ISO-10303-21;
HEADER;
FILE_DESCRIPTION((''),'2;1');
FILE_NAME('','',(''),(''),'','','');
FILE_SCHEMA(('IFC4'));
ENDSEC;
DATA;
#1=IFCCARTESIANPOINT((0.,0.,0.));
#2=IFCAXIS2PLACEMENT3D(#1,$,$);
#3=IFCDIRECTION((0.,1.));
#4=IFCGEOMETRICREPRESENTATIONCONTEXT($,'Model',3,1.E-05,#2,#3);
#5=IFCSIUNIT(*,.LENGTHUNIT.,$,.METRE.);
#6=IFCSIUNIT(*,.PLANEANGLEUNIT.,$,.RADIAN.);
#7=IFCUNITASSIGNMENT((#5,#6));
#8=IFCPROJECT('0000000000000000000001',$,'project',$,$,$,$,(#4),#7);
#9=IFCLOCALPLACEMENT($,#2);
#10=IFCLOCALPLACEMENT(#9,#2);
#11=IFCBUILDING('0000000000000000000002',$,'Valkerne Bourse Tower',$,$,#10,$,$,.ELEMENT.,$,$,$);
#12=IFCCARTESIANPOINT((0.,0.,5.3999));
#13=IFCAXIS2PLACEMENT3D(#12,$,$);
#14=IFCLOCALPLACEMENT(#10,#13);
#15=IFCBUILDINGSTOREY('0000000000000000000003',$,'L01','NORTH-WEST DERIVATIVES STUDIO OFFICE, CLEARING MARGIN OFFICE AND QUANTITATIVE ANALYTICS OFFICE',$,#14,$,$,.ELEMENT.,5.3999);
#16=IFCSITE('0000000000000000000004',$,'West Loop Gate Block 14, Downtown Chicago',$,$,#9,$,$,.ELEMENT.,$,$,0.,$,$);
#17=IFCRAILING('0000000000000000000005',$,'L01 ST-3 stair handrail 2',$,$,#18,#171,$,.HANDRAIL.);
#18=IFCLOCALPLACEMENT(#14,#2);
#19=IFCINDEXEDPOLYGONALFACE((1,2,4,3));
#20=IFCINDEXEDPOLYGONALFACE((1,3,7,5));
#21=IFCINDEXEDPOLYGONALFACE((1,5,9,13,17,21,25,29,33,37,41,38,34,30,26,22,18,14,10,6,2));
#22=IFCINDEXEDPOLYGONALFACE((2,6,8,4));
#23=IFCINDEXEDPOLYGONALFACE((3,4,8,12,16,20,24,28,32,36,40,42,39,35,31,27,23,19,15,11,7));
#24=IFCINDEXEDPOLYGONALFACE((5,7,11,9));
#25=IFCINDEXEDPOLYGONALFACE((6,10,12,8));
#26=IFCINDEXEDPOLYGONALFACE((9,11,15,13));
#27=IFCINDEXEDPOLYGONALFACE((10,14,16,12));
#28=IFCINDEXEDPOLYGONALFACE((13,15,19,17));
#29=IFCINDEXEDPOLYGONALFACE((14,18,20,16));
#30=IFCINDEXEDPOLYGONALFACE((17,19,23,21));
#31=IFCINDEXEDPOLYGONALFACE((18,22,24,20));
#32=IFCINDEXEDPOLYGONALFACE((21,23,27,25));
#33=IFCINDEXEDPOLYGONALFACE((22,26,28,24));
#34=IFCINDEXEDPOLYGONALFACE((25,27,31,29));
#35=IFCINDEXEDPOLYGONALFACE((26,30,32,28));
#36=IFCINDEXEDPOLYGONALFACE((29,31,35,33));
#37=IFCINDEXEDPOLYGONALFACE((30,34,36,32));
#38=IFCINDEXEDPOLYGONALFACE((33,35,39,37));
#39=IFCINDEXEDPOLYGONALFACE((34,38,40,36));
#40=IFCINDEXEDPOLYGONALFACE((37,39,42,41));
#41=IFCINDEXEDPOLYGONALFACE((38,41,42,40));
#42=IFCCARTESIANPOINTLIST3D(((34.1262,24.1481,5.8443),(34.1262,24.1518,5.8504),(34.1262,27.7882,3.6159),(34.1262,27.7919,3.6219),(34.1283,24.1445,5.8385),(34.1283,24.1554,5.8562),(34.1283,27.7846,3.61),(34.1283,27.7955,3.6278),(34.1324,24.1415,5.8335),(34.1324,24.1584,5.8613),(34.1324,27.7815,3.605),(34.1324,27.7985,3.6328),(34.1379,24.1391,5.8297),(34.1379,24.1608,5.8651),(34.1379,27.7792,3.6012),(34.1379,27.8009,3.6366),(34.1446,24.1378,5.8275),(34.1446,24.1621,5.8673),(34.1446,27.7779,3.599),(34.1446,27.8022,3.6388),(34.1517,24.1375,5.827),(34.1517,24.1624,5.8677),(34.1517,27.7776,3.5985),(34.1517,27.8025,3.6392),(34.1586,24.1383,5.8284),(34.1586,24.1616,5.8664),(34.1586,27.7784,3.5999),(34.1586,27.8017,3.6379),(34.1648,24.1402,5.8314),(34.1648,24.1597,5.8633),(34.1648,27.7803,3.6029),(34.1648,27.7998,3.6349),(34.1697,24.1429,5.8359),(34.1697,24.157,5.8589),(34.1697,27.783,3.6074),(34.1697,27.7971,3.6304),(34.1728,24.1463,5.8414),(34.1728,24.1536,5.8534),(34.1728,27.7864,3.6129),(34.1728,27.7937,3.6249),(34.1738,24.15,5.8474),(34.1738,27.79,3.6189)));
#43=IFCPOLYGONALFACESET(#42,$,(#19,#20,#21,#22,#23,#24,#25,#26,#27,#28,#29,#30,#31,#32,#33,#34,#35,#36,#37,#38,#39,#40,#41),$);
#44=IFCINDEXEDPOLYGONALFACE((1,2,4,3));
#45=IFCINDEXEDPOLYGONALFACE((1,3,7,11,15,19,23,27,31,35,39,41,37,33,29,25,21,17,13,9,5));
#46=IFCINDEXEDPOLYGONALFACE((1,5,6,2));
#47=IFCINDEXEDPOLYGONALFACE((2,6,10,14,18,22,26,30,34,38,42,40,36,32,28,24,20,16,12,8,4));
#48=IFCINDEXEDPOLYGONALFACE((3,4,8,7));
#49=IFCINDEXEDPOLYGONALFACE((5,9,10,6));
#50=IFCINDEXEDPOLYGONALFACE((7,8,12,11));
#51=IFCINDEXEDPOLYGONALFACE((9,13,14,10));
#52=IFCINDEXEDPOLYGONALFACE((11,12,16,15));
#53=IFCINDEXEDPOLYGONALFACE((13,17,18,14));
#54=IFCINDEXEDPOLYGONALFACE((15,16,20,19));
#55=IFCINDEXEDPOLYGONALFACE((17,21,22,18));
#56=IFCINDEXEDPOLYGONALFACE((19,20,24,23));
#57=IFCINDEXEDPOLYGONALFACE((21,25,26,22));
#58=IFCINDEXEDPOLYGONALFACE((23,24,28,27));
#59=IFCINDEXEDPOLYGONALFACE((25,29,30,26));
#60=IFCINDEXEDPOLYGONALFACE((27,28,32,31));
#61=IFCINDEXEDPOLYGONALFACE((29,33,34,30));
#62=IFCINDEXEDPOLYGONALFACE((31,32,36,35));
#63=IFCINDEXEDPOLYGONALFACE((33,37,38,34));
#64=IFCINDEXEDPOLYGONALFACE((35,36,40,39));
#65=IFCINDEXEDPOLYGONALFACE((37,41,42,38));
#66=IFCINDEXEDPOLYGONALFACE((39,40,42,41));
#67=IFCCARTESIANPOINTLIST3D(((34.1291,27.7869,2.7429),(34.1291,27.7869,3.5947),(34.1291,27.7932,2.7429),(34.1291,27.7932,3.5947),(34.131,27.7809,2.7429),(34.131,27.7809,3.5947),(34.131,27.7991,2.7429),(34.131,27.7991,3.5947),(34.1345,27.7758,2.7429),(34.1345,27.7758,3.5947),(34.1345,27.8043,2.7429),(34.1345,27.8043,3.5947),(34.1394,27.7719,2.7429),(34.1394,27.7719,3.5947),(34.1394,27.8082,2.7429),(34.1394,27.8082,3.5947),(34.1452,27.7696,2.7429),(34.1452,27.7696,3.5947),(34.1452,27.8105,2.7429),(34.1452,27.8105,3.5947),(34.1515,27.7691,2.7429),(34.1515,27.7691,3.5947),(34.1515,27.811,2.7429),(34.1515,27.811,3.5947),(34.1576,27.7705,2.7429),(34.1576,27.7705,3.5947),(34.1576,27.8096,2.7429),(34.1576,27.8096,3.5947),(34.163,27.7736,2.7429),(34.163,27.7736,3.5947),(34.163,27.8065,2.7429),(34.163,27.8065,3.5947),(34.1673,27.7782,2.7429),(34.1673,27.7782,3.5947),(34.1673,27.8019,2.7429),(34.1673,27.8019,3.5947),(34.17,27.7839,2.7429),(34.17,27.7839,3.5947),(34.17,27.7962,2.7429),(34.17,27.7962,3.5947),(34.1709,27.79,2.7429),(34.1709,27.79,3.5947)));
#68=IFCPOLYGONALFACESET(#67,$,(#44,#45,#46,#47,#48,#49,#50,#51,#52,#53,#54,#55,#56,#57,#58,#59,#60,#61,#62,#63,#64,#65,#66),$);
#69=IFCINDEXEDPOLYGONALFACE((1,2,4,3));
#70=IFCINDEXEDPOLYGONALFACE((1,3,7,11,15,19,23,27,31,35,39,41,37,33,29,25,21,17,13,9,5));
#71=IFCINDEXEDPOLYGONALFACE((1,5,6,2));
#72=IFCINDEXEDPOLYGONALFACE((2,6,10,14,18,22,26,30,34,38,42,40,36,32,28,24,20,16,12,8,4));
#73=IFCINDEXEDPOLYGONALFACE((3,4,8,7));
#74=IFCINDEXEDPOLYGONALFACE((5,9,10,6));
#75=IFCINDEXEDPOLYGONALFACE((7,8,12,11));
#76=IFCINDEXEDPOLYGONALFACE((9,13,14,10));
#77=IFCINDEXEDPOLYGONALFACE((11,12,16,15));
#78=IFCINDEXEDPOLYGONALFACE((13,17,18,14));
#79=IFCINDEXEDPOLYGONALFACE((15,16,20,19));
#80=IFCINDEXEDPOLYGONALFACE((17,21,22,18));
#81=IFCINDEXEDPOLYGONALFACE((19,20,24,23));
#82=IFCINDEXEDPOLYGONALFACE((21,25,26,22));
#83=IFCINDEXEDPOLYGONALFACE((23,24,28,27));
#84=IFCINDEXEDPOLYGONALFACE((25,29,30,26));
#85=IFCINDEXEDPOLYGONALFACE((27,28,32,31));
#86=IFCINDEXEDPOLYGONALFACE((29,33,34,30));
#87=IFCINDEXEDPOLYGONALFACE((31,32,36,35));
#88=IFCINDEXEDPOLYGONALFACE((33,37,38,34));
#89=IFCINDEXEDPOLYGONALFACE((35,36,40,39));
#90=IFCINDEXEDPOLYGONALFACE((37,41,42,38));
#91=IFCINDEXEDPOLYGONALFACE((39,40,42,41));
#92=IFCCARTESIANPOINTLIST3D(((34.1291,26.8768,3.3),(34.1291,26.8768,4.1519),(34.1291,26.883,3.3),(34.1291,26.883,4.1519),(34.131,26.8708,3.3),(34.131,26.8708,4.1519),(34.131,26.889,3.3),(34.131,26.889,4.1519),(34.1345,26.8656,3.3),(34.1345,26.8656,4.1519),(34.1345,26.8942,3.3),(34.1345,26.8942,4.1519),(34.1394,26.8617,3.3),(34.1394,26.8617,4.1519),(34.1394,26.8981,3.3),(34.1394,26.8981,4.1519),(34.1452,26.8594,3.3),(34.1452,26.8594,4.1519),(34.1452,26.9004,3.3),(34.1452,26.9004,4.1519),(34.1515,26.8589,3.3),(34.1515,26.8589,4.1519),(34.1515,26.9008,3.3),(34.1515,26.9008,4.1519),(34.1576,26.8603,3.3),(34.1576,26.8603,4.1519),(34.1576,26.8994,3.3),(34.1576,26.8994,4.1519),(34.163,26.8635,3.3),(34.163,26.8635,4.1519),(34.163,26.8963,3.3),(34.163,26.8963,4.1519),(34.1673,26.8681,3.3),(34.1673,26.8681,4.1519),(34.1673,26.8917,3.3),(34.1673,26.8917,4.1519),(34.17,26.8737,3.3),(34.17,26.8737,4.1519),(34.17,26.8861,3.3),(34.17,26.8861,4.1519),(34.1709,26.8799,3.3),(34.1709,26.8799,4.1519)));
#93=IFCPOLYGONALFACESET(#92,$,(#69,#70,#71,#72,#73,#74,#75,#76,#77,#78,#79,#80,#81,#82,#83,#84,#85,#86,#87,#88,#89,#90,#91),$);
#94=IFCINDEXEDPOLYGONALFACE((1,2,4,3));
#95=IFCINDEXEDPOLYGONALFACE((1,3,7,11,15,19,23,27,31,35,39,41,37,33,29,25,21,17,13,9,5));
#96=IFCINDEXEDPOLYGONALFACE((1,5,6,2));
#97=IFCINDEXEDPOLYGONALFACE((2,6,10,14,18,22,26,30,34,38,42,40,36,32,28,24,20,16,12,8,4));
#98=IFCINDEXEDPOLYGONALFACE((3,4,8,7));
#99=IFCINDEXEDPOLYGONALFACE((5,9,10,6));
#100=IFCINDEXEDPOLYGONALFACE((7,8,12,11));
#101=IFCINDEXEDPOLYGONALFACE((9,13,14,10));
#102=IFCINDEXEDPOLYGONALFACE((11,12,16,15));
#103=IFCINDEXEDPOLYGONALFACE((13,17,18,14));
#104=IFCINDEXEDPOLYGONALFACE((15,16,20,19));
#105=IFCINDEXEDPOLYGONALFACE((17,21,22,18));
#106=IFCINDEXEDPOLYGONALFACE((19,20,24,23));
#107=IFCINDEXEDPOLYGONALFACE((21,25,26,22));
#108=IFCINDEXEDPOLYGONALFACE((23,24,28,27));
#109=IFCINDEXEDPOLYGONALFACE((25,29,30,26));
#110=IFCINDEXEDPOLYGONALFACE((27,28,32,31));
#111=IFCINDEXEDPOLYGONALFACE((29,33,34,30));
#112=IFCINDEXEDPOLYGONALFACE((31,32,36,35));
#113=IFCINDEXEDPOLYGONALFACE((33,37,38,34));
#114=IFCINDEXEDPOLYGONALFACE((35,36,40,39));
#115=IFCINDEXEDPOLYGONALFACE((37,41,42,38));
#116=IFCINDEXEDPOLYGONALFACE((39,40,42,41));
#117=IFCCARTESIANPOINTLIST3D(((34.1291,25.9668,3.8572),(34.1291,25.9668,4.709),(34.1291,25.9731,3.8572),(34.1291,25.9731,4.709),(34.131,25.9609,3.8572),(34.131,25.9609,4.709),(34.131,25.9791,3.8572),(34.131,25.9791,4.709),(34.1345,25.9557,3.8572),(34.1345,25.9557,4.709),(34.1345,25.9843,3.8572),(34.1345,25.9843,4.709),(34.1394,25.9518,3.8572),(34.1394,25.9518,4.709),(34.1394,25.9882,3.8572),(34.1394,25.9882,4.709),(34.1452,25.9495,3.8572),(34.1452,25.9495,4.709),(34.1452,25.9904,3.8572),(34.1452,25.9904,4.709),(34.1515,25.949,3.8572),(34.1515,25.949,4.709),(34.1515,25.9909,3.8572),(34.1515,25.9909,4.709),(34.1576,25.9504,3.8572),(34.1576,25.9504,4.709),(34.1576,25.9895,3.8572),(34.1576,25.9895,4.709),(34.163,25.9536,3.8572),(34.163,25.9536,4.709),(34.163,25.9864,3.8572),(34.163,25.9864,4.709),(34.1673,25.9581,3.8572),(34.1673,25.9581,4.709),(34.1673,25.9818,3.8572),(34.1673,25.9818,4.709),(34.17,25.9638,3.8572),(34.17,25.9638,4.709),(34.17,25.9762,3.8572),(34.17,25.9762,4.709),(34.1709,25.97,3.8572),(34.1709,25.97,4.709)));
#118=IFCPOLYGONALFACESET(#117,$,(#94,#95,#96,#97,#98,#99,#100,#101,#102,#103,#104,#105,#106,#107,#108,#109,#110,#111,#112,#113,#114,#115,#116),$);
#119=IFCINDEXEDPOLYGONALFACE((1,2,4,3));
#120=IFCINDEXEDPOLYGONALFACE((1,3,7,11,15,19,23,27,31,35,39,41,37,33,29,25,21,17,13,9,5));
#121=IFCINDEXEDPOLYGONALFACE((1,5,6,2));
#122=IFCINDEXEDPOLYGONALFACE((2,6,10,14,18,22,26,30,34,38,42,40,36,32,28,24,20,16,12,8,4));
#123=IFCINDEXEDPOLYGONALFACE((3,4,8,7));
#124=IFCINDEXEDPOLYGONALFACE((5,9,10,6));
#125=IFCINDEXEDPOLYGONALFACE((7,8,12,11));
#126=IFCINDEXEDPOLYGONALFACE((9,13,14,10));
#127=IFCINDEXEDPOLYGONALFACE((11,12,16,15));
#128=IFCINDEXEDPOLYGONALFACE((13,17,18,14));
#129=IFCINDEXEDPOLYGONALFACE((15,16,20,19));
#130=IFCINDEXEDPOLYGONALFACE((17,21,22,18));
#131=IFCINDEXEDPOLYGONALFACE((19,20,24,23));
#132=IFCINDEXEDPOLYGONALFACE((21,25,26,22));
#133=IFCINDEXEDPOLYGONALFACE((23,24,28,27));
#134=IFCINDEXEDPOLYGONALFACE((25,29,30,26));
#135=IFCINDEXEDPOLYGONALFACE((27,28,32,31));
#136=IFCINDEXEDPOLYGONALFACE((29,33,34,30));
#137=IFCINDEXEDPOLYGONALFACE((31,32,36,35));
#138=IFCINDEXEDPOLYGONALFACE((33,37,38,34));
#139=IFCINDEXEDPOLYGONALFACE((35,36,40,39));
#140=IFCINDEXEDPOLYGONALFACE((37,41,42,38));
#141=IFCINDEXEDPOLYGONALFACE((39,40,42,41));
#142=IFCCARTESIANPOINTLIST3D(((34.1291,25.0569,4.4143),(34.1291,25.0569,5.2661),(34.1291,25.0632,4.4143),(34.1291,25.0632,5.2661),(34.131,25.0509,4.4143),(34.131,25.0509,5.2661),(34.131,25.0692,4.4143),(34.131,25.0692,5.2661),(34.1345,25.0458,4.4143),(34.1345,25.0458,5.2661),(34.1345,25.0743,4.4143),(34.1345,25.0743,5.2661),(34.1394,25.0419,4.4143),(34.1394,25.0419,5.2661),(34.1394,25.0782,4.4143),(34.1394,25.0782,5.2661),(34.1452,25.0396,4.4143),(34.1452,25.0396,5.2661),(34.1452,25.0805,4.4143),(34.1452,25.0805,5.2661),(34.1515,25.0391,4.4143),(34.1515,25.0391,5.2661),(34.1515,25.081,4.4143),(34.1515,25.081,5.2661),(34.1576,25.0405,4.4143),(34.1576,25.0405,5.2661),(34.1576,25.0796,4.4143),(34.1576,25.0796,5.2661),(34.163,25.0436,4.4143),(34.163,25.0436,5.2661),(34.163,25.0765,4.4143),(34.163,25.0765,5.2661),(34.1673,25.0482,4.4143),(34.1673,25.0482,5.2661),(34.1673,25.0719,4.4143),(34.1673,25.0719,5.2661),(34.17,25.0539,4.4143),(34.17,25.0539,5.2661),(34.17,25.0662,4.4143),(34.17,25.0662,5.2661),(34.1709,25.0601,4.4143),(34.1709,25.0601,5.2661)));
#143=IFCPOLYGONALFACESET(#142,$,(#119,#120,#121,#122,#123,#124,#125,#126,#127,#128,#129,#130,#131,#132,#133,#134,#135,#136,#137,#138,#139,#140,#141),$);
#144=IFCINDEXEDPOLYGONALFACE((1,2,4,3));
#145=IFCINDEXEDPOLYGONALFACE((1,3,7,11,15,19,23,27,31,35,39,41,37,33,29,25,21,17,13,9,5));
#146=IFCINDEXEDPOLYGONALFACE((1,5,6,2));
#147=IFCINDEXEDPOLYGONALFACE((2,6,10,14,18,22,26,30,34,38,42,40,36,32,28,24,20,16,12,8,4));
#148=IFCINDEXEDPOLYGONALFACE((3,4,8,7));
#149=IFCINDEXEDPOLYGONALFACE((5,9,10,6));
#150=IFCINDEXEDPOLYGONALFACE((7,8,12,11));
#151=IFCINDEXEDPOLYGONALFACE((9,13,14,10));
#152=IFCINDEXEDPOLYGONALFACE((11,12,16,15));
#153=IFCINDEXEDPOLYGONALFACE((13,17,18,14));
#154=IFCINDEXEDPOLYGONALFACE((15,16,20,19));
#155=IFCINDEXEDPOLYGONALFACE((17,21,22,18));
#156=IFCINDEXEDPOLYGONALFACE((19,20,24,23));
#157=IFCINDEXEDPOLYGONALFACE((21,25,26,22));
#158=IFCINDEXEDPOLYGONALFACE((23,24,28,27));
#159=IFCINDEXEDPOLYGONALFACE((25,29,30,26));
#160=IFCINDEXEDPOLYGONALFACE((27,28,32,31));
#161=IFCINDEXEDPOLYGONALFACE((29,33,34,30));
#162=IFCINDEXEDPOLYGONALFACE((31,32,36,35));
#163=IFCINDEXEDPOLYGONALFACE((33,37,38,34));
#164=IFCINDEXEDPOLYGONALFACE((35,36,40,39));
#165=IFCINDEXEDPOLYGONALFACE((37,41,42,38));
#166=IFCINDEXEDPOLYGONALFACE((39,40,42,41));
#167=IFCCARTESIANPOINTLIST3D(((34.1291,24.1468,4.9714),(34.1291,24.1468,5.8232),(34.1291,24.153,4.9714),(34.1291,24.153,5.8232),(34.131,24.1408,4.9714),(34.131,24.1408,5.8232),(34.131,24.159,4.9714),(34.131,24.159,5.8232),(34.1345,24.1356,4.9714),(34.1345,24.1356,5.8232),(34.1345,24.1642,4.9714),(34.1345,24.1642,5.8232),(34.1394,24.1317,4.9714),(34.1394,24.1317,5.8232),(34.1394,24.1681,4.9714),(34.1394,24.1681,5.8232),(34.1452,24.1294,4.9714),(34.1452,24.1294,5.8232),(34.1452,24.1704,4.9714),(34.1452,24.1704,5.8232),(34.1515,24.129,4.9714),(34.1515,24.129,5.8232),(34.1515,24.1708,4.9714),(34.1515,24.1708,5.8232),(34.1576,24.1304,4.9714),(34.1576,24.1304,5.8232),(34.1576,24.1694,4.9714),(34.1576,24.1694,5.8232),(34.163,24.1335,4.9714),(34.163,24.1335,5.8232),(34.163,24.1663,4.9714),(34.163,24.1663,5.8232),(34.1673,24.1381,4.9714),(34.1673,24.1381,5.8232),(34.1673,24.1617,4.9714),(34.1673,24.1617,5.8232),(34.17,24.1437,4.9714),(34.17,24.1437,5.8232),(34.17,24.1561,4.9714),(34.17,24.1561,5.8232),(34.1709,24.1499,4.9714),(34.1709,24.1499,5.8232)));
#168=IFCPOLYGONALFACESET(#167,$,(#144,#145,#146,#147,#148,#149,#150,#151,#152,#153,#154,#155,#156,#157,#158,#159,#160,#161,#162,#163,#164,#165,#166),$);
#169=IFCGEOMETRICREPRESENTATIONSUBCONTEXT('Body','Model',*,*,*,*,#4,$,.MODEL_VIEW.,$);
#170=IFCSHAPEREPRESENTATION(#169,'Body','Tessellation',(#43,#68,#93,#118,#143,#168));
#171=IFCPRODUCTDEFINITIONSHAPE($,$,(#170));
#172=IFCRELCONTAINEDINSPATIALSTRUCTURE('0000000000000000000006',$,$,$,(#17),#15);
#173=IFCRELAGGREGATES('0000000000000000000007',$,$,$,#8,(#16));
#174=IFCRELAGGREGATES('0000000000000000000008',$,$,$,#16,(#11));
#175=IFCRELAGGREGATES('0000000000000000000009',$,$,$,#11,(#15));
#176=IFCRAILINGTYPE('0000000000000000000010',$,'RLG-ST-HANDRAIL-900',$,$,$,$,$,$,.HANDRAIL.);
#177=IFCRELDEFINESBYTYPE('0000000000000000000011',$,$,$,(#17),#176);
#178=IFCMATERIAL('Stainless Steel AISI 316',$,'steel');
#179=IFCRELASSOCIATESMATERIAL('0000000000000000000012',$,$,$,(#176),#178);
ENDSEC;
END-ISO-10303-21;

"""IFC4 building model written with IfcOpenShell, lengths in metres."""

from ifc_helpers import new_model, si_unit, direction, frame, origin, origin_2d, place, context, subcontext, project, spatial, circle, extrude, material, type_object, element, save


model = new_model("IFC4")

# Units and contexts
model_context = context("Model", 3, precision=1e-05, world=origin(), true_north=direction((0.0, 1.0)))
body_context = subcontext(model_context, "Body", "Model", "MODEL_VIEW")
ifc_project = project(units=[si_unit("LENGTHUNIT", "METRE"), si_unit("PLANEANGLEUNIT", "RADIAN")], contexts=[model_context])

# Site, building, storey
site_placement = place(None, origin())
site = spatial("IfcSite", under=ifc_project, at=site_placement, Name="West Loop Gate Block 14, Downtown Chicago", CompositionType="ELEMENT", RefElevation=0.0)
building_placement = place(site_placement, origin())
building = spatial("IfcBuilding", under=site, at=building_placement, Name="Valkerne Bourse Tower", CompositionType="ELEMENT")
storey_placement = place(building_placement, frame((0.0, 0.0, 5.3999)))
storey = spatial("IfcBuildingStorey", under=building, at=storey_placement, Name="L01", Description="NORTH-WEST DERIVATIVES STUDIO OFFICE, CLEARING MARGIN OFFICE AND QUANTITATIVE ANALYTICS OFFICE", CompositionType="ELEMENT", Elevation=5.3999)

# Railing
ifc_material_1 = material(Name="Stainless Steel AISI 316", Category="steel")
railing_type_1 = type_object("IfcRailingType", Name="RLG-ST-HANDRAIL-900", PredefinedType="HANDRAIL", material=ifc_material_1)
railing_1_placement = place(storey_placement, frame((34.1499, 27.79, 2.7429)))
element("IfcRailing", 1, at=railing_1_placement, inside=storey, type_object=railing_type_1, Name="L01 ST-3 stair handrail 2", PredefinedType="HANDRAIL", context=body_context, shape_type="SweptSolid", body=[
    extrude(circle(Radius=0.0239, at=origin_2d()), frame((0.0, 0.0, 0.876), z_axis=(0.0, -0.852866, 0.52213), x_axis=(1.0, 0.0, 0.0)), (0.0, 0.0, 1.0), 4.2681),
    extrude(circle(Radius=0.021, at=origin_2d()), origin(), (0.0, 0.0, 1.0), 0.8518),
    extrude(circle(Radius=0.021, at=origin_2d()), frame((0.0, -0.9102, 0.5571)), (0.0, 0.0, 1.0), 0.8518),
    extrude(circle(Radius=0.021, at=origin_2d()), frame((0.0, -1.8201, 1.1143)), (0.0, 0.0, 1.0), 0.8518),
    extrude(circle(Radius=0.021, at=origin_2d()), frame((0.0, -2.73, 1.6714)), (0.0, 0.0, 1.0), 0.8518),
    extrude(circle(Radius=0.021, at=origin_2d()), frame((0.0, -3.6401, 2.2285)), (0.0, 0.0, 1.0), 0.8518),
])

save(model, "model.ifc")
